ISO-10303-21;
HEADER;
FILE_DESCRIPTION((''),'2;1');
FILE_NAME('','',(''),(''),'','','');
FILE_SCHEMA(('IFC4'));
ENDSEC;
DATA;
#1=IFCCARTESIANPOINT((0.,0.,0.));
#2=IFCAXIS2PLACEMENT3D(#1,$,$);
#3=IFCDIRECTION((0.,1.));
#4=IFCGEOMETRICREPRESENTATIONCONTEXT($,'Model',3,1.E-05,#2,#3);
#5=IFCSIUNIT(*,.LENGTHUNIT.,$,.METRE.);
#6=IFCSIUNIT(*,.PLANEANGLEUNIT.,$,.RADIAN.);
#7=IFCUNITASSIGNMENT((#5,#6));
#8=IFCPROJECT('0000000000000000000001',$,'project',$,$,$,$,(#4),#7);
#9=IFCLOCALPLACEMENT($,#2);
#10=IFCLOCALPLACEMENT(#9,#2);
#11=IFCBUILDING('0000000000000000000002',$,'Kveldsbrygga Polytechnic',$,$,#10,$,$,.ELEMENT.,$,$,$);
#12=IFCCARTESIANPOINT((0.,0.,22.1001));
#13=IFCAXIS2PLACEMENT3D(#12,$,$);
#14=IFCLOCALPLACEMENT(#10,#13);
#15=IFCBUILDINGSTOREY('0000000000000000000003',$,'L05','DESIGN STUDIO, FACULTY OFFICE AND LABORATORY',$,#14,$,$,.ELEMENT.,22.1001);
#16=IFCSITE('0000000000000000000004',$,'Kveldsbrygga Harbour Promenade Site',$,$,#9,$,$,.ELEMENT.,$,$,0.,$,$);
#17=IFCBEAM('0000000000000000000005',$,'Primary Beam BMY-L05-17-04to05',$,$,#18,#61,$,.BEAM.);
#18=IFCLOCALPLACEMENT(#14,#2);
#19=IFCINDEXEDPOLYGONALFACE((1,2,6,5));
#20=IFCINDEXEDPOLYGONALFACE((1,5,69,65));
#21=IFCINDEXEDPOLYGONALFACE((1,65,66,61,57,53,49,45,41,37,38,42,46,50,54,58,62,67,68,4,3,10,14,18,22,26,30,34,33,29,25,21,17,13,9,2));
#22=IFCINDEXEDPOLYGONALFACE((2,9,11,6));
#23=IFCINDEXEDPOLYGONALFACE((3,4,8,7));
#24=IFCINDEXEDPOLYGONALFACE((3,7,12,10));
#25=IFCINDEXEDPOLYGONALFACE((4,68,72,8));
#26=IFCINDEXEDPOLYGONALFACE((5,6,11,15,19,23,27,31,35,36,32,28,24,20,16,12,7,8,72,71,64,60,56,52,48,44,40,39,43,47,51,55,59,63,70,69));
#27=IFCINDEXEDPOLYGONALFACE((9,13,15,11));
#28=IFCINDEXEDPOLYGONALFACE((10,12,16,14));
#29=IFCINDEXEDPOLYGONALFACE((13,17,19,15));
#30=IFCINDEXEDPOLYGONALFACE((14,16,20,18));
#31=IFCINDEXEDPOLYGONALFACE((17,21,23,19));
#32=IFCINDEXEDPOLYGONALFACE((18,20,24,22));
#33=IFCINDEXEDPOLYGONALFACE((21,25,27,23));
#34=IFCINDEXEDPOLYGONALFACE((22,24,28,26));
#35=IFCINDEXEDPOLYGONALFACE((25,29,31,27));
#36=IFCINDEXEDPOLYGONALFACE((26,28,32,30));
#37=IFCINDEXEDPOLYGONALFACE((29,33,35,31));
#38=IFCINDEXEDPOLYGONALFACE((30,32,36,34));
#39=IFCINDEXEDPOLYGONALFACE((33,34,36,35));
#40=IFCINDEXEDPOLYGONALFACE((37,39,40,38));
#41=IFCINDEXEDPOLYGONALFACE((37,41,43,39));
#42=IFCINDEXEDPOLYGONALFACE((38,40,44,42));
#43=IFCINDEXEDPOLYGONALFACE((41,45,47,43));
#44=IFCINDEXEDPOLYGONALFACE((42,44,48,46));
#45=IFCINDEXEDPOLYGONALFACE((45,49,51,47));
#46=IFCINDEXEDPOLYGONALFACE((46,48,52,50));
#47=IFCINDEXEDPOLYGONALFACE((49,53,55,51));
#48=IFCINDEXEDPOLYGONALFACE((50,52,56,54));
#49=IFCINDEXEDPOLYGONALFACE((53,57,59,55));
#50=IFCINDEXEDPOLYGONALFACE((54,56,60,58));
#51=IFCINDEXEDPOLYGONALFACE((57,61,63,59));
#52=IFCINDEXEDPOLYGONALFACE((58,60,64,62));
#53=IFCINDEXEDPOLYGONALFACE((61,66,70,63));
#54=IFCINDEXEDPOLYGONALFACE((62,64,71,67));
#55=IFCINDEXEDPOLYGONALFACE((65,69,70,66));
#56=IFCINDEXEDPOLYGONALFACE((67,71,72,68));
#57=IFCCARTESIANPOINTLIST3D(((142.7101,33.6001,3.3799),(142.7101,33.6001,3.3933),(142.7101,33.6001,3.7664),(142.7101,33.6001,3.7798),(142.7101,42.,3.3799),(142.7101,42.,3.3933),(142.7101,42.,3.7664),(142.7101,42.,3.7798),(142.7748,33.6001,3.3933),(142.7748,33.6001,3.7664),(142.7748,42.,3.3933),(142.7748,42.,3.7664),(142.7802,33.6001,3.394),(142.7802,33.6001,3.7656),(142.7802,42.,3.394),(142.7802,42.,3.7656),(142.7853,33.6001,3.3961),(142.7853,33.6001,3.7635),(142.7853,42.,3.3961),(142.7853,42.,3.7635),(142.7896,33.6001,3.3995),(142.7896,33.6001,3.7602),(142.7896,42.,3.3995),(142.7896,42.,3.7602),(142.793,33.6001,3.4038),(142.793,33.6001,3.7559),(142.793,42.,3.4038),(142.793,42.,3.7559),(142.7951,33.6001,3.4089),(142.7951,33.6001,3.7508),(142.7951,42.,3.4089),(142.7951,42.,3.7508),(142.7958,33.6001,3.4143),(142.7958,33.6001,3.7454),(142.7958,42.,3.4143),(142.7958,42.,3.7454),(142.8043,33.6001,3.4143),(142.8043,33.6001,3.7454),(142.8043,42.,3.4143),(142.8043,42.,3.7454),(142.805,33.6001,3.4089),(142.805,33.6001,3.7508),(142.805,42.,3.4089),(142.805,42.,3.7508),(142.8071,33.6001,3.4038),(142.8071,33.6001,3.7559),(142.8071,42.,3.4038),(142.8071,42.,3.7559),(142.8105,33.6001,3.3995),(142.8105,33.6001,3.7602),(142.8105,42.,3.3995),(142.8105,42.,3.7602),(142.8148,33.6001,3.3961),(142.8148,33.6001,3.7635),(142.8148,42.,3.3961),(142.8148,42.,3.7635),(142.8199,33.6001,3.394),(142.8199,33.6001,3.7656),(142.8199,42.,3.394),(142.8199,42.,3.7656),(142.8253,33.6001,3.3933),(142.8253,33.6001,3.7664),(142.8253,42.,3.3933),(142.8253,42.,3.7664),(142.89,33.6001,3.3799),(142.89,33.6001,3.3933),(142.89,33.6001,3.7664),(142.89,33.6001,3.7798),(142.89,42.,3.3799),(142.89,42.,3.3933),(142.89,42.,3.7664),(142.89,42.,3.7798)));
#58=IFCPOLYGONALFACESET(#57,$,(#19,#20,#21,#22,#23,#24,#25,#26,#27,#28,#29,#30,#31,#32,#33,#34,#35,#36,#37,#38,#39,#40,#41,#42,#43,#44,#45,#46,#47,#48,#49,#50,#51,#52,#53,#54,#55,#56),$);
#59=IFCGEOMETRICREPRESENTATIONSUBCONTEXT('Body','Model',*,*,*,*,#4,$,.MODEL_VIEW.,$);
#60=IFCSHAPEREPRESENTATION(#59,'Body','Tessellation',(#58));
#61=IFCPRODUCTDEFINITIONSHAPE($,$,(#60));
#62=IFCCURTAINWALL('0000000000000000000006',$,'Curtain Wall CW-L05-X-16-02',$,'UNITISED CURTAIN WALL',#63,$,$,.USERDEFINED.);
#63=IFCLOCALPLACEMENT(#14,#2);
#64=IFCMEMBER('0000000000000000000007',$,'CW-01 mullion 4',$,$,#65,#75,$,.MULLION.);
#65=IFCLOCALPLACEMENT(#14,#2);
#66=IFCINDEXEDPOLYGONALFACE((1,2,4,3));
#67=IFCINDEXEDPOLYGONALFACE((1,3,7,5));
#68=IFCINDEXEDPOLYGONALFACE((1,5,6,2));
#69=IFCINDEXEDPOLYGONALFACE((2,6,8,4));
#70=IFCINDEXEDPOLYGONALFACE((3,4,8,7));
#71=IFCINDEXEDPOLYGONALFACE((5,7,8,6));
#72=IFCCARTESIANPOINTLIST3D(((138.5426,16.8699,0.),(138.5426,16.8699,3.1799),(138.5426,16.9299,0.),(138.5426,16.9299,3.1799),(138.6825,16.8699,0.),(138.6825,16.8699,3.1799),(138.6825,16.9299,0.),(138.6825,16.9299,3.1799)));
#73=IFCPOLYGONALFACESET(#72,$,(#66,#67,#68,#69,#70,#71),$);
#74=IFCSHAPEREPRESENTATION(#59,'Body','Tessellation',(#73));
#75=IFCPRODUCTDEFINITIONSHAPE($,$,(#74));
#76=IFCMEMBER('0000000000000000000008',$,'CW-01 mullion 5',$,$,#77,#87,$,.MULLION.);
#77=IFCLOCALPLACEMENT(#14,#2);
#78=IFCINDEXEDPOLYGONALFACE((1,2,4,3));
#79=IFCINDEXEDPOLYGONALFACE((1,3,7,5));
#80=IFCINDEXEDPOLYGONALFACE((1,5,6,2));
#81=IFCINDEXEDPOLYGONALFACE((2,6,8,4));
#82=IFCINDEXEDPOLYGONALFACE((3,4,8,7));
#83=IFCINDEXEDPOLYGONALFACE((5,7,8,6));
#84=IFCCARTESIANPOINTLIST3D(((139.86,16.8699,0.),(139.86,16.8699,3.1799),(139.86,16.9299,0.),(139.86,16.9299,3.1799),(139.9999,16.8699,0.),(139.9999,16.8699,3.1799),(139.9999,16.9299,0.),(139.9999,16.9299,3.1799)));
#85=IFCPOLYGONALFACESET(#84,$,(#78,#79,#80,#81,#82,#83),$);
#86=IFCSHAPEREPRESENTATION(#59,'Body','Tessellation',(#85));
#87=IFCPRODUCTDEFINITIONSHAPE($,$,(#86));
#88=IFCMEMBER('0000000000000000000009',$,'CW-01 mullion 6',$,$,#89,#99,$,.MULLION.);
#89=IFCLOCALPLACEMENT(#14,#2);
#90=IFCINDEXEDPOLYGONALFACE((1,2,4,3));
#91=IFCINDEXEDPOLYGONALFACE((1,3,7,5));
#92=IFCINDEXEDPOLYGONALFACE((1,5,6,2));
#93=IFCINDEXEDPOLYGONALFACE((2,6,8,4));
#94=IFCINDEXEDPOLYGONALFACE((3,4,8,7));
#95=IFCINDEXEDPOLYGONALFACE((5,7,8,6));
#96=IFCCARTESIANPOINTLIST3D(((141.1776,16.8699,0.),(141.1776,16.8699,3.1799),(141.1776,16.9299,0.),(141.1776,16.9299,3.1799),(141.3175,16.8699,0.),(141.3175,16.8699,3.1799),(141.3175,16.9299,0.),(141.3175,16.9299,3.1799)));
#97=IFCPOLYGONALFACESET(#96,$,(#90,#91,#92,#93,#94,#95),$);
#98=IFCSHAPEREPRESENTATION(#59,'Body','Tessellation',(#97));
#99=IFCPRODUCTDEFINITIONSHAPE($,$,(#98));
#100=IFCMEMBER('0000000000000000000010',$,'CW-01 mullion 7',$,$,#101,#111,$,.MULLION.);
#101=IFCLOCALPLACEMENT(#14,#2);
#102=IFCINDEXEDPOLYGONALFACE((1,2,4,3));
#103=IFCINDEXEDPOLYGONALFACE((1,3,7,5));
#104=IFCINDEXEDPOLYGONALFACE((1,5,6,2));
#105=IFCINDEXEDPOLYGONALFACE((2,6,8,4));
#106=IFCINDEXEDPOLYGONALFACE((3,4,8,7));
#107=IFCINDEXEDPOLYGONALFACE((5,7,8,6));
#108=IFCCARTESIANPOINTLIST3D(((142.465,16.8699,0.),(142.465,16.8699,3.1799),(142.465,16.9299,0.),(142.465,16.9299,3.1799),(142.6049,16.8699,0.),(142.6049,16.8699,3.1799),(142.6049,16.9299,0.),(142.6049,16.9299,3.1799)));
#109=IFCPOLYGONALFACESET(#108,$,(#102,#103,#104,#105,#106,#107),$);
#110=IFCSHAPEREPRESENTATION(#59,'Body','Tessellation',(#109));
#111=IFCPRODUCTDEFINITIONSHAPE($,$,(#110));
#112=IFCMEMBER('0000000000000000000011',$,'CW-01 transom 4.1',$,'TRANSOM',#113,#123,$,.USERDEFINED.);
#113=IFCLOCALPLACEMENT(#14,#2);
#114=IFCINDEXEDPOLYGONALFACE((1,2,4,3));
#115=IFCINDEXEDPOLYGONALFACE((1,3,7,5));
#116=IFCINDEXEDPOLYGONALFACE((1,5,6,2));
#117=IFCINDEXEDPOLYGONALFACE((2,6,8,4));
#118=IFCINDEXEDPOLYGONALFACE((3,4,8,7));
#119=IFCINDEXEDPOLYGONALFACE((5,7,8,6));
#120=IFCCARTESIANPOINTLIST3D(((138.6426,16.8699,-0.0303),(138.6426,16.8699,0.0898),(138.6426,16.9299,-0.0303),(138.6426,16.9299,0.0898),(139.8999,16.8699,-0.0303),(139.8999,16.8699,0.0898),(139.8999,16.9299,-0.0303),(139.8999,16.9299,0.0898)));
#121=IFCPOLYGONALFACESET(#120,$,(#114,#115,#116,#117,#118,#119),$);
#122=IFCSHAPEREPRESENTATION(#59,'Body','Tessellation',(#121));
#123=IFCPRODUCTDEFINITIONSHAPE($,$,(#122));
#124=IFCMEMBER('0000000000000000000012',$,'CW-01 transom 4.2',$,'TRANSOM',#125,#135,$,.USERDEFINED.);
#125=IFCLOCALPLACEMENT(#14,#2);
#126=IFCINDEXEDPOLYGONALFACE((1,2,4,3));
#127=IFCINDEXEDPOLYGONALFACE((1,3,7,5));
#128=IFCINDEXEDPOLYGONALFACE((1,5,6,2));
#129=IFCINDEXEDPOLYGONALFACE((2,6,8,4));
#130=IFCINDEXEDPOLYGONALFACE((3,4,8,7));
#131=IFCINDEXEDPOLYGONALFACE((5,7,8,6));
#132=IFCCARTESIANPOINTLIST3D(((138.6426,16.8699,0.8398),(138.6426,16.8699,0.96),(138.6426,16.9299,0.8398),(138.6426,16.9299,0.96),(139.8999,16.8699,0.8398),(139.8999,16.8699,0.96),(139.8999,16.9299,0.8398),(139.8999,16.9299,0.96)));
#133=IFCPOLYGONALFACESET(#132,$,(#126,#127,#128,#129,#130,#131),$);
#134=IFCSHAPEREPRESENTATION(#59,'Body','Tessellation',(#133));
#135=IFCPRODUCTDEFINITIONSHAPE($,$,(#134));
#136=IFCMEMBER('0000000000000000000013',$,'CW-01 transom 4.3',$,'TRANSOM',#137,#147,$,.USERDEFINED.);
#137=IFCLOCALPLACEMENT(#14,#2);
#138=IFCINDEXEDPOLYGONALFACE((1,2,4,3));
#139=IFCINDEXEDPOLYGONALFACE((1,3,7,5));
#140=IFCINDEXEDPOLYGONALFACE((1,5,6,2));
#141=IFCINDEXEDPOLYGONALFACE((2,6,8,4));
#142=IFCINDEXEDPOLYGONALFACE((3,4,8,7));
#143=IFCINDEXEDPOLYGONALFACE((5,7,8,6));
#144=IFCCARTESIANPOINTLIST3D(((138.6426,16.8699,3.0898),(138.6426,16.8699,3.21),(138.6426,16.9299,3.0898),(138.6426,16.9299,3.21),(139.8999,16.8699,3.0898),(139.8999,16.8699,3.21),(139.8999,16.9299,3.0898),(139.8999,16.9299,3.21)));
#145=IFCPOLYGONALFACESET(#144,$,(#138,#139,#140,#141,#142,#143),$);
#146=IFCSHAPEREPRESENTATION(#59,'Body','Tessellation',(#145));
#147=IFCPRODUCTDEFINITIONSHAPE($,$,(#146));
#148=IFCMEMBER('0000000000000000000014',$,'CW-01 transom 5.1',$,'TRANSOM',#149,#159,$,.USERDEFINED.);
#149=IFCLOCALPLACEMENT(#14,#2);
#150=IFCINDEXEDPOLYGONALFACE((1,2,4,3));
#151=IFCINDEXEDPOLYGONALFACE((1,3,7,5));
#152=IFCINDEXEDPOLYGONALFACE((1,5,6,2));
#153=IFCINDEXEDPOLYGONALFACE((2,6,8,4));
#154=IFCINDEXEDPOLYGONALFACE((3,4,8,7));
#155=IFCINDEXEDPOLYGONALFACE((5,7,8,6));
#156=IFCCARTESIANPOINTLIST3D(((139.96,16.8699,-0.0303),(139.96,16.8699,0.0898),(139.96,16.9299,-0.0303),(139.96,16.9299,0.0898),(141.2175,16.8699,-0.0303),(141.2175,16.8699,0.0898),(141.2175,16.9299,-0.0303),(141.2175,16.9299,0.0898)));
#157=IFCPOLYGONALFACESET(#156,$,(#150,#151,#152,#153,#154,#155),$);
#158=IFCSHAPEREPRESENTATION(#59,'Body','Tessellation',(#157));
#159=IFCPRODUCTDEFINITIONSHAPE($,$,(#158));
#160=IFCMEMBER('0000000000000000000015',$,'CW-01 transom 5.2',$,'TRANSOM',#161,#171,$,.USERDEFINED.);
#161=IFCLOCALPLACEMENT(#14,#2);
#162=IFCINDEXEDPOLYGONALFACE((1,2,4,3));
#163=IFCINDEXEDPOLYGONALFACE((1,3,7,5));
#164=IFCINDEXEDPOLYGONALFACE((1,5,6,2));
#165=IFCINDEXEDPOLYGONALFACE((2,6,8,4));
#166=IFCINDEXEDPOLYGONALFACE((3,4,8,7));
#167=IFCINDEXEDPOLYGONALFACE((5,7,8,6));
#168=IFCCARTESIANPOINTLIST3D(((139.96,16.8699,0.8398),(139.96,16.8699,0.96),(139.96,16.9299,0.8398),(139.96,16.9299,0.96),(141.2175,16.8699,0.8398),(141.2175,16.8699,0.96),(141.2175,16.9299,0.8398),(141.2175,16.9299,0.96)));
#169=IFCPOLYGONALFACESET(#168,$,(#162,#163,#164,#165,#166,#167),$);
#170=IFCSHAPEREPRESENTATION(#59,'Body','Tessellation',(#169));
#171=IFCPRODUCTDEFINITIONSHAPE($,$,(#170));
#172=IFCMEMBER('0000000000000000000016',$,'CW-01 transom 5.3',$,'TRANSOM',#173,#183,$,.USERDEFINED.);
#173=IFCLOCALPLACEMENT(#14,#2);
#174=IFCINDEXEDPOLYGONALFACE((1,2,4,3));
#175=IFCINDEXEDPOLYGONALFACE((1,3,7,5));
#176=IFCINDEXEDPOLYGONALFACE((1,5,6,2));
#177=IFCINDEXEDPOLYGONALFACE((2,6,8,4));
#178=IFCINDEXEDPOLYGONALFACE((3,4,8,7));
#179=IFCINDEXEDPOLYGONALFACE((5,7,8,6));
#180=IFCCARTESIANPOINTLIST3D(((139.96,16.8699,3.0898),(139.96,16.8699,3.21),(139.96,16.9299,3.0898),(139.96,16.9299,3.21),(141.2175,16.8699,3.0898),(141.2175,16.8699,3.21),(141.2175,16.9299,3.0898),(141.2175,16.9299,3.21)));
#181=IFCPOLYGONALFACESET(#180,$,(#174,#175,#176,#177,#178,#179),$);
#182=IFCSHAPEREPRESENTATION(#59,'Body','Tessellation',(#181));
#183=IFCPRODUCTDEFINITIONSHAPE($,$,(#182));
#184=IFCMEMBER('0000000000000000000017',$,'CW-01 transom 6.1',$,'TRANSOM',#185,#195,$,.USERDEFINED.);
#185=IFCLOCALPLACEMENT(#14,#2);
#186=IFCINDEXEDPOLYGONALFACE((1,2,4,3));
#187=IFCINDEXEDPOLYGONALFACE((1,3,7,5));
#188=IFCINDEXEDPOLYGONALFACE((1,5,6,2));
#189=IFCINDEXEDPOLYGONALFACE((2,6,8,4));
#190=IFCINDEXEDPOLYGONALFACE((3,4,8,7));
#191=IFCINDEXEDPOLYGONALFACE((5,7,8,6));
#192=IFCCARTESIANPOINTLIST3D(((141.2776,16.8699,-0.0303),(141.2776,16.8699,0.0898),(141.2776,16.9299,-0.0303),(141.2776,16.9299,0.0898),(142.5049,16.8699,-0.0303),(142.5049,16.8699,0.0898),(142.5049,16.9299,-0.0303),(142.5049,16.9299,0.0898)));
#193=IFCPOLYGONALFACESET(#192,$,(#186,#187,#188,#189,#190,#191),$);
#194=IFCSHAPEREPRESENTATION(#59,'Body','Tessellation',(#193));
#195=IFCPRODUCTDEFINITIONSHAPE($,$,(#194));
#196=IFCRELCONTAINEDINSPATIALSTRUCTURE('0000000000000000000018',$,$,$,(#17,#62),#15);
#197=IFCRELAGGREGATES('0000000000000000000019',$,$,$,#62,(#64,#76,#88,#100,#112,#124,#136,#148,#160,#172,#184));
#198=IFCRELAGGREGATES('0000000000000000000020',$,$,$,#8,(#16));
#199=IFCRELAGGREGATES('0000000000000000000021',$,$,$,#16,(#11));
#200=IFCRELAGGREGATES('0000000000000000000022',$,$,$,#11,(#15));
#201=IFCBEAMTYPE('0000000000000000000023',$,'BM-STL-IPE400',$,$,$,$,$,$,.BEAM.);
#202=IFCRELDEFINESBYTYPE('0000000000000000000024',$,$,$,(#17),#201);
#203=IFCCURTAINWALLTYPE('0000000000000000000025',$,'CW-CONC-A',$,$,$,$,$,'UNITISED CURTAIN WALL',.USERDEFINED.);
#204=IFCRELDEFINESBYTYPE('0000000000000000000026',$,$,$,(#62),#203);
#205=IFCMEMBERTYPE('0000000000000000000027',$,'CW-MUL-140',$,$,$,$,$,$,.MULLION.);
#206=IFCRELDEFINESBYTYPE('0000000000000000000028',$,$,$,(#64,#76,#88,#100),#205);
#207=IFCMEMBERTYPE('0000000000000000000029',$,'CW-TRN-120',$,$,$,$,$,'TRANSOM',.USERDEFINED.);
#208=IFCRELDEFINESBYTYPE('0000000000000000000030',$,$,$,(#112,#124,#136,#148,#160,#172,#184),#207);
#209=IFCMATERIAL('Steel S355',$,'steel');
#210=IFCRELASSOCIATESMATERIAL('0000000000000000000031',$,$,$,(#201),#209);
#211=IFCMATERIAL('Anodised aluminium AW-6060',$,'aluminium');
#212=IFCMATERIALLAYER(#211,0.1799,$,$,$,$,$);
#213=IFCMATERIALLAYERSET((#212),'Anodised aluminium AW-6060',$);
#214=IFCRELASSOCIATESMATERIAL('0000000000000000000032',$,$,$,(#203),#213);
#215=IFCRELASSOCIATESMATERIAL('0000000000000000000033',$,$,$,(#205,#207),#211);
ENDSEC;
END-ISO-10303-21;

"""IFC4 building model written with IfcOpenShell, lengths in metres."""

from ifc_helpers import new_model, si_unit, direction, frame, origin, origin_2d, place, context, subcontext, project, spatial, rectangle, i_section, extrude, material, layer, layer_set, material_profile, profile_set, type_object, element, aggregate, save


model = new_model("IFC4")

# Units and contexts
model_context = context("Model", 3, precision=1e-05, world=origin(), true_north=direction((0.0, 1.0)))
body_context = subcontext(model_context, "Body", "Model", "MODEL_VIEW")
ifc_project = project(units=[si_unit("LENGTHUNIT", "METRE"), si_unit("PLANEANGLEUNIT", "RADIAN")], contexts=[model_context])

# Site, building, storey
site_placement = place(None, origin())
site = spatial("IfcSite", under=ifc_project, at=site_placement, Name="Kveldsbrygga Harbour Promenade Site", CompositionType="ELEMENT", RefElevation=0.0)
building_placement = place(site_placement, origin())
building = spatial("IfcBuilding", under=site, at=building_placement, Name="Kveldsbrygga Polytechnic", CompositionType="ELEMENT")
storey_placement = place(building_placement, frame((0.0, 0.0, 22.1001)))
storey = spatial("IfcBuildingStorey", under=building, at=storey_placement, Name="L05", Description="DESIGN STUDIO, FACULTY OFFICE AND LABORATORY", CompositionType="ELEMENT", Elevation=22.1001)

# Beam
ifc_material_1 = material(Name="Steel S355", Category="steel")
ifc_material_profile_1 = material_profile(ifc_material_1, i_section(OverallWidth=0.1799, OverallDepth=0.3999, WebThickness=0.0085, FlangeThickness=0.0134, FilletRadius=0.021, at=origin_2d()), Name="IPE 400")
ifc_profile_set_1 = profile_set([ifc_material_profile_1], Name="Steel S355")
beam_type_1 = type_object("IfcBeamType", Name="BM-STL-IPE400", PredefinedType="BEAM", material=ifc_profile_set_1)
beam_1_placement = place(storey_placement, frame((142.8, 33.6001, 3.5798), z_axis=(0.0, 1.0, 0.0), x_axis=(-1.0, 0.0, 0.0)))
element("IfcBeam", 1, at=beam_1_placement, inside=storey, type_object=beam_type_1, Name="Primary Beam BMY-L05-17-04to05", PredefinedType="BEAM", context=body_context, shape_type="SweptSolid", body=[
    extrude(i_section(OverallWidth=0.1799, OverallDepth=0.3999, WebThickness=0.0085, FlangeThickness=0.0134, FilletRadius=0.021, at=origin_2d()), origin(), (0.0, 0.0, 1.0), 8.3999),
])

# Curtain wall, members
ifc_material_2 = material(Name="Anodised aluminium AW-6060", Category="aluminium")
ifc_layer_1 = layer(ifc_material_2, 0.1799)
ifc_layer_set_1 = layer_set([ifc_layer_1], Name="Anodised aluminium AW-6060")
curtain_wall_type = type_object("IfcCurtainWallType", Name="CW-CONC-A", ElementType="UNITISED CURTAIN WALL", PredefinedType="USERDEFINED", material=ifc_layer_set_1)
curtain_wall_placement = place(storey_placement, origin())
curtain_wall = element("IfcCurtainWall", 2, at=curtain_wall_placement, inside=storey, type_object=curtain_wall_type, Name="Curtain Wall CW-L05-X-16-02", ObjectType="UNITISED CURTAIN WALL", PredefinedType="USERDEFINED")
ifc_material_profile_2 = material_profile(ifc_material_2, rectangle(XDim=0.0601, YDim=0.1399, at=origin_2d()), Name="ALU 60x140")
ifc_profile_set_2 = profile_set([ifc_material_profile_2], Name="Anodised aluminium AW-6060")
member_type_1 = type_object("IfcMemberType", Name="CW-MUL-140", PredefinedType="MULLION", material=ifc_profile_set_2)
member_1_placement = place(storey_placement, frame((138.6125, 16.8999, 0.0), z_axis=(0.0, 0.0, 1.0), x_axis=(0.0, 1.0, 0.0)))
member_1 = element("IfcMember", 3, at=member_1_placement, type_object=member_type_1, Name="CW-01 mullion 4", PredefinedType="MULLION", context=body_context, shape_type="SweptSolid", body=[
    extrude(rectangle(XDim=0.0601, YDim=0.1399, at=origin_2d()), origin(), (0.0, 0.0, 1.0), 3.1799),
])
member_2_placement = place(storey_placement, frame((139.9299, 16.8999, 0.0), z_axis=(0.0, 0.0, 1.0), x_axis=(0.0, 1.0, 0.0)))
member_2 = element("IfcMember", 4, at=member_2_placement, type_object=member_type_1, Name="CW-01 mullion 5", PredefinedType="MULLION", context=body_context, shape_type="SweptSolid", body=[
    extrude(rectangle(XDim=0.0601, YDim=0.1399, at=origin_2d()), origin(), (0.0, 0.0, 1.0), 3.1799),
])
member_3_placement = place(storey_placement, frame((141.2476, 16.8999, 0.0), z_axis=(0.0, 0.0, 1.0), x_axis=(0.0, 1.0, 0.0)))
member_3 = element("IfcMember", 5, at=member_3_placement, type_object=member_type_1, Name="CW-01 mullion 6", PredefinedType="MULLION", context=body_context, shape_type="SweptSolid", body=[
    extrude(rectangle(XDim=0.0601, YDim=0.1399, at=origin_2d()), origin(), (0.0, 0.0, 1.0), 3.1799),
])
member_4_placement = place(storey_placement, frame((142.5349, 16.8999, 0.0), z_axis=(0.0, 0.0, 1.0), x_axis=(0.0, 1.0, 0.0)))
member_4 = element("IfcMember", 6, at=member_4_placement, type_object=member_type_1, Name="CW-01 mullion 7", PredefinedType="MULLION", context=body_context, shape_type="SweptSolid", body=[
    extrude(rectangle(XDim=0.0601, YDim=0.1399, at=origin_2d()), origin(), (0.0, 0.0, 1.0), 3.1799),
])
ifc_material_profile_3 = material_profile(ifc_material_2, rectangle(XDim=0.0601, YDim=0.1201, at=origin_2d()), Name="ALU 60x120")
ifc_profile_set_3 = profile_set([ifc_material_profile_3], Name="Anodised aluminium AW-6060")
member_type_2 = type_object("IfcMemberType", Name="CW-TRN-120", ElementType="TRANSOM", PredefinedType="USERDEFINED", material=ifc_profile_set_3)
member_5_placement = place(storey_placement, frame((138.6426, 16.8999, 0.0298), z_axis=(1.0, 0.0, 0.0), x_axis=(0.0, 1.0, 0.0)))
member_5 = element("IfcMember", 7, at=member_5_placement, type_object=member_type_2, Name="CW-01 transom 4.1", ObjectType="TRANSOM", PredefinedType="USERDEFINED", context=body_context, shape_type="SweptSolid", body=[
    extrude(rectangle(XDim=0.0601, YDim=0.1201, at=origin_2d()), origin(), (0.0, 0.0, 1.0), 1.2573),
])
member_6_placement = place(storey_placement, frame((138.6426, 16.8999, 0.8999), z_axis=(1.0, 0.0, 0.0), x_axis=(0.0, 1.0, 0.0)))
member_6 = element("IfcMember", 8, at=member_6_placement, type_object=member_type_2, Name="CW-01 transom 4.2", ObjectType="TRANSOM", PredefinedType="USERDEFINED", context=body_context, shape_type="SweptSolid", body=[
    extrude(rectangle(XDim=0.0601, YDim=0.1201, at=origin_2d()), origin(), (0.0, 0.0, 1.0), 1.2573),
])
member_7_placement = place(storey_placement, frame((138.6426, 16.8999, 3.1499), z_axis=(1.0, 0.0, 0.0), x_axis=(0.0, 1.0, 0.0)))
member_7 = element("IfcMember", 9, at=member_7_placement, type_object=member_type_2, Name="CW-01 transom 4.3", ObjectType="TRANSOM", PredefinedType="USERDEFINED", context=body_context, shape_type="SweptSolid", body=[
    extrude(rectangle(XDim=0.0601, YDim=0.1201, at=origin_2d()), origin(), (0.0, 0.0, 1.0), 1.2573),
])
member_8_placement = place(storey_placement, frame((139.96, 16.8999, 0.0298), z_axis=(1.0, 0.0, 0.0), x_axis=(0.0, 1.0, 0.0)))
member_8 = element("IfcMember", 10, at=member_8_placement, type_object=member_type_2, Name="CW-01 transom 5.1", ObjectType="TRANSOM", PredefinedType="USERDEFINED", context=body_context, shape_type="SweptSolid", body=[
    extrude(rectangle(XDim=0.0601, YDim=0.1201, at=origin_2d()), origin(), (0.0, 0.0, 1.0), 1.2576),
])
member_9_placement = place(storey_placement, frame((139.96, 16.8999, 0.8999), z_axis=(1.0, 0.0, 0.0), x_axis=(0.0, 1.0, 0.0)))
member_9 = element("IfcMember", 11, at=member_9_placement, type_object=member_type_2, Name="CW-01 transom 5.2", ObjectType="TRANSOM", PredefinedType="USERDEFINED", context=body_context, shape_type="SweptSolid", body=[
    extrude(rectangle(XDim=0.0601, YDim=0.1201, at=origin_2d()), origin(), (0.0, 0.0, 1.0), 1.2576),
])
member_10_placement = place(storey_placement, frame((139.96, 16.8999, 3.1499), z_axis=(1.0, 0.0, 0.0), x_axis=(0.0, 1.0, 0.0)))
member_10 = element("IfcMember", 12, at=member_10_placement, type_object=member_type_2, Name="CW-01 transom 5.3", ObjectType="TRANSOM", PredefinedType="USERDEFINED", context=body_context, shape_type="SweptSolid", body=[
    extrude(rectangle(XDim=0.0601, YDim=0.1201, at=origin_2d()), origin(), (0.0, 0.0, 1.0), 1.2576),
])
member_11_placement = place(storey_placement, frame((141.2776, 16.8999, 0.0298), z_axis=(1.0, 0.0, 0.0), x_axis=(0.0, 1.0, 0.0)))
member_11 = element("IfcMember", 13, at=member_11_placement, type_object=member_type_2, Name="CW-01 transom 6.1", ObjectType="TRANSOM", PredefinedType="USERDEFINED", context=body_context, shape_type="SweptSolid", body=[
    extrude(rectangle(XDim=0.0601, YDim=0.1201, at=origin_2d()), origin(), (0.0, 0.0, 1.0), 1.2273),
])

aggregate(curtain_wall, [member_1, member_2, member_3, member_4, member_5, member_6, member_7, member_8, member_9, member_10, member_11])

save(model, "model.ifc")
